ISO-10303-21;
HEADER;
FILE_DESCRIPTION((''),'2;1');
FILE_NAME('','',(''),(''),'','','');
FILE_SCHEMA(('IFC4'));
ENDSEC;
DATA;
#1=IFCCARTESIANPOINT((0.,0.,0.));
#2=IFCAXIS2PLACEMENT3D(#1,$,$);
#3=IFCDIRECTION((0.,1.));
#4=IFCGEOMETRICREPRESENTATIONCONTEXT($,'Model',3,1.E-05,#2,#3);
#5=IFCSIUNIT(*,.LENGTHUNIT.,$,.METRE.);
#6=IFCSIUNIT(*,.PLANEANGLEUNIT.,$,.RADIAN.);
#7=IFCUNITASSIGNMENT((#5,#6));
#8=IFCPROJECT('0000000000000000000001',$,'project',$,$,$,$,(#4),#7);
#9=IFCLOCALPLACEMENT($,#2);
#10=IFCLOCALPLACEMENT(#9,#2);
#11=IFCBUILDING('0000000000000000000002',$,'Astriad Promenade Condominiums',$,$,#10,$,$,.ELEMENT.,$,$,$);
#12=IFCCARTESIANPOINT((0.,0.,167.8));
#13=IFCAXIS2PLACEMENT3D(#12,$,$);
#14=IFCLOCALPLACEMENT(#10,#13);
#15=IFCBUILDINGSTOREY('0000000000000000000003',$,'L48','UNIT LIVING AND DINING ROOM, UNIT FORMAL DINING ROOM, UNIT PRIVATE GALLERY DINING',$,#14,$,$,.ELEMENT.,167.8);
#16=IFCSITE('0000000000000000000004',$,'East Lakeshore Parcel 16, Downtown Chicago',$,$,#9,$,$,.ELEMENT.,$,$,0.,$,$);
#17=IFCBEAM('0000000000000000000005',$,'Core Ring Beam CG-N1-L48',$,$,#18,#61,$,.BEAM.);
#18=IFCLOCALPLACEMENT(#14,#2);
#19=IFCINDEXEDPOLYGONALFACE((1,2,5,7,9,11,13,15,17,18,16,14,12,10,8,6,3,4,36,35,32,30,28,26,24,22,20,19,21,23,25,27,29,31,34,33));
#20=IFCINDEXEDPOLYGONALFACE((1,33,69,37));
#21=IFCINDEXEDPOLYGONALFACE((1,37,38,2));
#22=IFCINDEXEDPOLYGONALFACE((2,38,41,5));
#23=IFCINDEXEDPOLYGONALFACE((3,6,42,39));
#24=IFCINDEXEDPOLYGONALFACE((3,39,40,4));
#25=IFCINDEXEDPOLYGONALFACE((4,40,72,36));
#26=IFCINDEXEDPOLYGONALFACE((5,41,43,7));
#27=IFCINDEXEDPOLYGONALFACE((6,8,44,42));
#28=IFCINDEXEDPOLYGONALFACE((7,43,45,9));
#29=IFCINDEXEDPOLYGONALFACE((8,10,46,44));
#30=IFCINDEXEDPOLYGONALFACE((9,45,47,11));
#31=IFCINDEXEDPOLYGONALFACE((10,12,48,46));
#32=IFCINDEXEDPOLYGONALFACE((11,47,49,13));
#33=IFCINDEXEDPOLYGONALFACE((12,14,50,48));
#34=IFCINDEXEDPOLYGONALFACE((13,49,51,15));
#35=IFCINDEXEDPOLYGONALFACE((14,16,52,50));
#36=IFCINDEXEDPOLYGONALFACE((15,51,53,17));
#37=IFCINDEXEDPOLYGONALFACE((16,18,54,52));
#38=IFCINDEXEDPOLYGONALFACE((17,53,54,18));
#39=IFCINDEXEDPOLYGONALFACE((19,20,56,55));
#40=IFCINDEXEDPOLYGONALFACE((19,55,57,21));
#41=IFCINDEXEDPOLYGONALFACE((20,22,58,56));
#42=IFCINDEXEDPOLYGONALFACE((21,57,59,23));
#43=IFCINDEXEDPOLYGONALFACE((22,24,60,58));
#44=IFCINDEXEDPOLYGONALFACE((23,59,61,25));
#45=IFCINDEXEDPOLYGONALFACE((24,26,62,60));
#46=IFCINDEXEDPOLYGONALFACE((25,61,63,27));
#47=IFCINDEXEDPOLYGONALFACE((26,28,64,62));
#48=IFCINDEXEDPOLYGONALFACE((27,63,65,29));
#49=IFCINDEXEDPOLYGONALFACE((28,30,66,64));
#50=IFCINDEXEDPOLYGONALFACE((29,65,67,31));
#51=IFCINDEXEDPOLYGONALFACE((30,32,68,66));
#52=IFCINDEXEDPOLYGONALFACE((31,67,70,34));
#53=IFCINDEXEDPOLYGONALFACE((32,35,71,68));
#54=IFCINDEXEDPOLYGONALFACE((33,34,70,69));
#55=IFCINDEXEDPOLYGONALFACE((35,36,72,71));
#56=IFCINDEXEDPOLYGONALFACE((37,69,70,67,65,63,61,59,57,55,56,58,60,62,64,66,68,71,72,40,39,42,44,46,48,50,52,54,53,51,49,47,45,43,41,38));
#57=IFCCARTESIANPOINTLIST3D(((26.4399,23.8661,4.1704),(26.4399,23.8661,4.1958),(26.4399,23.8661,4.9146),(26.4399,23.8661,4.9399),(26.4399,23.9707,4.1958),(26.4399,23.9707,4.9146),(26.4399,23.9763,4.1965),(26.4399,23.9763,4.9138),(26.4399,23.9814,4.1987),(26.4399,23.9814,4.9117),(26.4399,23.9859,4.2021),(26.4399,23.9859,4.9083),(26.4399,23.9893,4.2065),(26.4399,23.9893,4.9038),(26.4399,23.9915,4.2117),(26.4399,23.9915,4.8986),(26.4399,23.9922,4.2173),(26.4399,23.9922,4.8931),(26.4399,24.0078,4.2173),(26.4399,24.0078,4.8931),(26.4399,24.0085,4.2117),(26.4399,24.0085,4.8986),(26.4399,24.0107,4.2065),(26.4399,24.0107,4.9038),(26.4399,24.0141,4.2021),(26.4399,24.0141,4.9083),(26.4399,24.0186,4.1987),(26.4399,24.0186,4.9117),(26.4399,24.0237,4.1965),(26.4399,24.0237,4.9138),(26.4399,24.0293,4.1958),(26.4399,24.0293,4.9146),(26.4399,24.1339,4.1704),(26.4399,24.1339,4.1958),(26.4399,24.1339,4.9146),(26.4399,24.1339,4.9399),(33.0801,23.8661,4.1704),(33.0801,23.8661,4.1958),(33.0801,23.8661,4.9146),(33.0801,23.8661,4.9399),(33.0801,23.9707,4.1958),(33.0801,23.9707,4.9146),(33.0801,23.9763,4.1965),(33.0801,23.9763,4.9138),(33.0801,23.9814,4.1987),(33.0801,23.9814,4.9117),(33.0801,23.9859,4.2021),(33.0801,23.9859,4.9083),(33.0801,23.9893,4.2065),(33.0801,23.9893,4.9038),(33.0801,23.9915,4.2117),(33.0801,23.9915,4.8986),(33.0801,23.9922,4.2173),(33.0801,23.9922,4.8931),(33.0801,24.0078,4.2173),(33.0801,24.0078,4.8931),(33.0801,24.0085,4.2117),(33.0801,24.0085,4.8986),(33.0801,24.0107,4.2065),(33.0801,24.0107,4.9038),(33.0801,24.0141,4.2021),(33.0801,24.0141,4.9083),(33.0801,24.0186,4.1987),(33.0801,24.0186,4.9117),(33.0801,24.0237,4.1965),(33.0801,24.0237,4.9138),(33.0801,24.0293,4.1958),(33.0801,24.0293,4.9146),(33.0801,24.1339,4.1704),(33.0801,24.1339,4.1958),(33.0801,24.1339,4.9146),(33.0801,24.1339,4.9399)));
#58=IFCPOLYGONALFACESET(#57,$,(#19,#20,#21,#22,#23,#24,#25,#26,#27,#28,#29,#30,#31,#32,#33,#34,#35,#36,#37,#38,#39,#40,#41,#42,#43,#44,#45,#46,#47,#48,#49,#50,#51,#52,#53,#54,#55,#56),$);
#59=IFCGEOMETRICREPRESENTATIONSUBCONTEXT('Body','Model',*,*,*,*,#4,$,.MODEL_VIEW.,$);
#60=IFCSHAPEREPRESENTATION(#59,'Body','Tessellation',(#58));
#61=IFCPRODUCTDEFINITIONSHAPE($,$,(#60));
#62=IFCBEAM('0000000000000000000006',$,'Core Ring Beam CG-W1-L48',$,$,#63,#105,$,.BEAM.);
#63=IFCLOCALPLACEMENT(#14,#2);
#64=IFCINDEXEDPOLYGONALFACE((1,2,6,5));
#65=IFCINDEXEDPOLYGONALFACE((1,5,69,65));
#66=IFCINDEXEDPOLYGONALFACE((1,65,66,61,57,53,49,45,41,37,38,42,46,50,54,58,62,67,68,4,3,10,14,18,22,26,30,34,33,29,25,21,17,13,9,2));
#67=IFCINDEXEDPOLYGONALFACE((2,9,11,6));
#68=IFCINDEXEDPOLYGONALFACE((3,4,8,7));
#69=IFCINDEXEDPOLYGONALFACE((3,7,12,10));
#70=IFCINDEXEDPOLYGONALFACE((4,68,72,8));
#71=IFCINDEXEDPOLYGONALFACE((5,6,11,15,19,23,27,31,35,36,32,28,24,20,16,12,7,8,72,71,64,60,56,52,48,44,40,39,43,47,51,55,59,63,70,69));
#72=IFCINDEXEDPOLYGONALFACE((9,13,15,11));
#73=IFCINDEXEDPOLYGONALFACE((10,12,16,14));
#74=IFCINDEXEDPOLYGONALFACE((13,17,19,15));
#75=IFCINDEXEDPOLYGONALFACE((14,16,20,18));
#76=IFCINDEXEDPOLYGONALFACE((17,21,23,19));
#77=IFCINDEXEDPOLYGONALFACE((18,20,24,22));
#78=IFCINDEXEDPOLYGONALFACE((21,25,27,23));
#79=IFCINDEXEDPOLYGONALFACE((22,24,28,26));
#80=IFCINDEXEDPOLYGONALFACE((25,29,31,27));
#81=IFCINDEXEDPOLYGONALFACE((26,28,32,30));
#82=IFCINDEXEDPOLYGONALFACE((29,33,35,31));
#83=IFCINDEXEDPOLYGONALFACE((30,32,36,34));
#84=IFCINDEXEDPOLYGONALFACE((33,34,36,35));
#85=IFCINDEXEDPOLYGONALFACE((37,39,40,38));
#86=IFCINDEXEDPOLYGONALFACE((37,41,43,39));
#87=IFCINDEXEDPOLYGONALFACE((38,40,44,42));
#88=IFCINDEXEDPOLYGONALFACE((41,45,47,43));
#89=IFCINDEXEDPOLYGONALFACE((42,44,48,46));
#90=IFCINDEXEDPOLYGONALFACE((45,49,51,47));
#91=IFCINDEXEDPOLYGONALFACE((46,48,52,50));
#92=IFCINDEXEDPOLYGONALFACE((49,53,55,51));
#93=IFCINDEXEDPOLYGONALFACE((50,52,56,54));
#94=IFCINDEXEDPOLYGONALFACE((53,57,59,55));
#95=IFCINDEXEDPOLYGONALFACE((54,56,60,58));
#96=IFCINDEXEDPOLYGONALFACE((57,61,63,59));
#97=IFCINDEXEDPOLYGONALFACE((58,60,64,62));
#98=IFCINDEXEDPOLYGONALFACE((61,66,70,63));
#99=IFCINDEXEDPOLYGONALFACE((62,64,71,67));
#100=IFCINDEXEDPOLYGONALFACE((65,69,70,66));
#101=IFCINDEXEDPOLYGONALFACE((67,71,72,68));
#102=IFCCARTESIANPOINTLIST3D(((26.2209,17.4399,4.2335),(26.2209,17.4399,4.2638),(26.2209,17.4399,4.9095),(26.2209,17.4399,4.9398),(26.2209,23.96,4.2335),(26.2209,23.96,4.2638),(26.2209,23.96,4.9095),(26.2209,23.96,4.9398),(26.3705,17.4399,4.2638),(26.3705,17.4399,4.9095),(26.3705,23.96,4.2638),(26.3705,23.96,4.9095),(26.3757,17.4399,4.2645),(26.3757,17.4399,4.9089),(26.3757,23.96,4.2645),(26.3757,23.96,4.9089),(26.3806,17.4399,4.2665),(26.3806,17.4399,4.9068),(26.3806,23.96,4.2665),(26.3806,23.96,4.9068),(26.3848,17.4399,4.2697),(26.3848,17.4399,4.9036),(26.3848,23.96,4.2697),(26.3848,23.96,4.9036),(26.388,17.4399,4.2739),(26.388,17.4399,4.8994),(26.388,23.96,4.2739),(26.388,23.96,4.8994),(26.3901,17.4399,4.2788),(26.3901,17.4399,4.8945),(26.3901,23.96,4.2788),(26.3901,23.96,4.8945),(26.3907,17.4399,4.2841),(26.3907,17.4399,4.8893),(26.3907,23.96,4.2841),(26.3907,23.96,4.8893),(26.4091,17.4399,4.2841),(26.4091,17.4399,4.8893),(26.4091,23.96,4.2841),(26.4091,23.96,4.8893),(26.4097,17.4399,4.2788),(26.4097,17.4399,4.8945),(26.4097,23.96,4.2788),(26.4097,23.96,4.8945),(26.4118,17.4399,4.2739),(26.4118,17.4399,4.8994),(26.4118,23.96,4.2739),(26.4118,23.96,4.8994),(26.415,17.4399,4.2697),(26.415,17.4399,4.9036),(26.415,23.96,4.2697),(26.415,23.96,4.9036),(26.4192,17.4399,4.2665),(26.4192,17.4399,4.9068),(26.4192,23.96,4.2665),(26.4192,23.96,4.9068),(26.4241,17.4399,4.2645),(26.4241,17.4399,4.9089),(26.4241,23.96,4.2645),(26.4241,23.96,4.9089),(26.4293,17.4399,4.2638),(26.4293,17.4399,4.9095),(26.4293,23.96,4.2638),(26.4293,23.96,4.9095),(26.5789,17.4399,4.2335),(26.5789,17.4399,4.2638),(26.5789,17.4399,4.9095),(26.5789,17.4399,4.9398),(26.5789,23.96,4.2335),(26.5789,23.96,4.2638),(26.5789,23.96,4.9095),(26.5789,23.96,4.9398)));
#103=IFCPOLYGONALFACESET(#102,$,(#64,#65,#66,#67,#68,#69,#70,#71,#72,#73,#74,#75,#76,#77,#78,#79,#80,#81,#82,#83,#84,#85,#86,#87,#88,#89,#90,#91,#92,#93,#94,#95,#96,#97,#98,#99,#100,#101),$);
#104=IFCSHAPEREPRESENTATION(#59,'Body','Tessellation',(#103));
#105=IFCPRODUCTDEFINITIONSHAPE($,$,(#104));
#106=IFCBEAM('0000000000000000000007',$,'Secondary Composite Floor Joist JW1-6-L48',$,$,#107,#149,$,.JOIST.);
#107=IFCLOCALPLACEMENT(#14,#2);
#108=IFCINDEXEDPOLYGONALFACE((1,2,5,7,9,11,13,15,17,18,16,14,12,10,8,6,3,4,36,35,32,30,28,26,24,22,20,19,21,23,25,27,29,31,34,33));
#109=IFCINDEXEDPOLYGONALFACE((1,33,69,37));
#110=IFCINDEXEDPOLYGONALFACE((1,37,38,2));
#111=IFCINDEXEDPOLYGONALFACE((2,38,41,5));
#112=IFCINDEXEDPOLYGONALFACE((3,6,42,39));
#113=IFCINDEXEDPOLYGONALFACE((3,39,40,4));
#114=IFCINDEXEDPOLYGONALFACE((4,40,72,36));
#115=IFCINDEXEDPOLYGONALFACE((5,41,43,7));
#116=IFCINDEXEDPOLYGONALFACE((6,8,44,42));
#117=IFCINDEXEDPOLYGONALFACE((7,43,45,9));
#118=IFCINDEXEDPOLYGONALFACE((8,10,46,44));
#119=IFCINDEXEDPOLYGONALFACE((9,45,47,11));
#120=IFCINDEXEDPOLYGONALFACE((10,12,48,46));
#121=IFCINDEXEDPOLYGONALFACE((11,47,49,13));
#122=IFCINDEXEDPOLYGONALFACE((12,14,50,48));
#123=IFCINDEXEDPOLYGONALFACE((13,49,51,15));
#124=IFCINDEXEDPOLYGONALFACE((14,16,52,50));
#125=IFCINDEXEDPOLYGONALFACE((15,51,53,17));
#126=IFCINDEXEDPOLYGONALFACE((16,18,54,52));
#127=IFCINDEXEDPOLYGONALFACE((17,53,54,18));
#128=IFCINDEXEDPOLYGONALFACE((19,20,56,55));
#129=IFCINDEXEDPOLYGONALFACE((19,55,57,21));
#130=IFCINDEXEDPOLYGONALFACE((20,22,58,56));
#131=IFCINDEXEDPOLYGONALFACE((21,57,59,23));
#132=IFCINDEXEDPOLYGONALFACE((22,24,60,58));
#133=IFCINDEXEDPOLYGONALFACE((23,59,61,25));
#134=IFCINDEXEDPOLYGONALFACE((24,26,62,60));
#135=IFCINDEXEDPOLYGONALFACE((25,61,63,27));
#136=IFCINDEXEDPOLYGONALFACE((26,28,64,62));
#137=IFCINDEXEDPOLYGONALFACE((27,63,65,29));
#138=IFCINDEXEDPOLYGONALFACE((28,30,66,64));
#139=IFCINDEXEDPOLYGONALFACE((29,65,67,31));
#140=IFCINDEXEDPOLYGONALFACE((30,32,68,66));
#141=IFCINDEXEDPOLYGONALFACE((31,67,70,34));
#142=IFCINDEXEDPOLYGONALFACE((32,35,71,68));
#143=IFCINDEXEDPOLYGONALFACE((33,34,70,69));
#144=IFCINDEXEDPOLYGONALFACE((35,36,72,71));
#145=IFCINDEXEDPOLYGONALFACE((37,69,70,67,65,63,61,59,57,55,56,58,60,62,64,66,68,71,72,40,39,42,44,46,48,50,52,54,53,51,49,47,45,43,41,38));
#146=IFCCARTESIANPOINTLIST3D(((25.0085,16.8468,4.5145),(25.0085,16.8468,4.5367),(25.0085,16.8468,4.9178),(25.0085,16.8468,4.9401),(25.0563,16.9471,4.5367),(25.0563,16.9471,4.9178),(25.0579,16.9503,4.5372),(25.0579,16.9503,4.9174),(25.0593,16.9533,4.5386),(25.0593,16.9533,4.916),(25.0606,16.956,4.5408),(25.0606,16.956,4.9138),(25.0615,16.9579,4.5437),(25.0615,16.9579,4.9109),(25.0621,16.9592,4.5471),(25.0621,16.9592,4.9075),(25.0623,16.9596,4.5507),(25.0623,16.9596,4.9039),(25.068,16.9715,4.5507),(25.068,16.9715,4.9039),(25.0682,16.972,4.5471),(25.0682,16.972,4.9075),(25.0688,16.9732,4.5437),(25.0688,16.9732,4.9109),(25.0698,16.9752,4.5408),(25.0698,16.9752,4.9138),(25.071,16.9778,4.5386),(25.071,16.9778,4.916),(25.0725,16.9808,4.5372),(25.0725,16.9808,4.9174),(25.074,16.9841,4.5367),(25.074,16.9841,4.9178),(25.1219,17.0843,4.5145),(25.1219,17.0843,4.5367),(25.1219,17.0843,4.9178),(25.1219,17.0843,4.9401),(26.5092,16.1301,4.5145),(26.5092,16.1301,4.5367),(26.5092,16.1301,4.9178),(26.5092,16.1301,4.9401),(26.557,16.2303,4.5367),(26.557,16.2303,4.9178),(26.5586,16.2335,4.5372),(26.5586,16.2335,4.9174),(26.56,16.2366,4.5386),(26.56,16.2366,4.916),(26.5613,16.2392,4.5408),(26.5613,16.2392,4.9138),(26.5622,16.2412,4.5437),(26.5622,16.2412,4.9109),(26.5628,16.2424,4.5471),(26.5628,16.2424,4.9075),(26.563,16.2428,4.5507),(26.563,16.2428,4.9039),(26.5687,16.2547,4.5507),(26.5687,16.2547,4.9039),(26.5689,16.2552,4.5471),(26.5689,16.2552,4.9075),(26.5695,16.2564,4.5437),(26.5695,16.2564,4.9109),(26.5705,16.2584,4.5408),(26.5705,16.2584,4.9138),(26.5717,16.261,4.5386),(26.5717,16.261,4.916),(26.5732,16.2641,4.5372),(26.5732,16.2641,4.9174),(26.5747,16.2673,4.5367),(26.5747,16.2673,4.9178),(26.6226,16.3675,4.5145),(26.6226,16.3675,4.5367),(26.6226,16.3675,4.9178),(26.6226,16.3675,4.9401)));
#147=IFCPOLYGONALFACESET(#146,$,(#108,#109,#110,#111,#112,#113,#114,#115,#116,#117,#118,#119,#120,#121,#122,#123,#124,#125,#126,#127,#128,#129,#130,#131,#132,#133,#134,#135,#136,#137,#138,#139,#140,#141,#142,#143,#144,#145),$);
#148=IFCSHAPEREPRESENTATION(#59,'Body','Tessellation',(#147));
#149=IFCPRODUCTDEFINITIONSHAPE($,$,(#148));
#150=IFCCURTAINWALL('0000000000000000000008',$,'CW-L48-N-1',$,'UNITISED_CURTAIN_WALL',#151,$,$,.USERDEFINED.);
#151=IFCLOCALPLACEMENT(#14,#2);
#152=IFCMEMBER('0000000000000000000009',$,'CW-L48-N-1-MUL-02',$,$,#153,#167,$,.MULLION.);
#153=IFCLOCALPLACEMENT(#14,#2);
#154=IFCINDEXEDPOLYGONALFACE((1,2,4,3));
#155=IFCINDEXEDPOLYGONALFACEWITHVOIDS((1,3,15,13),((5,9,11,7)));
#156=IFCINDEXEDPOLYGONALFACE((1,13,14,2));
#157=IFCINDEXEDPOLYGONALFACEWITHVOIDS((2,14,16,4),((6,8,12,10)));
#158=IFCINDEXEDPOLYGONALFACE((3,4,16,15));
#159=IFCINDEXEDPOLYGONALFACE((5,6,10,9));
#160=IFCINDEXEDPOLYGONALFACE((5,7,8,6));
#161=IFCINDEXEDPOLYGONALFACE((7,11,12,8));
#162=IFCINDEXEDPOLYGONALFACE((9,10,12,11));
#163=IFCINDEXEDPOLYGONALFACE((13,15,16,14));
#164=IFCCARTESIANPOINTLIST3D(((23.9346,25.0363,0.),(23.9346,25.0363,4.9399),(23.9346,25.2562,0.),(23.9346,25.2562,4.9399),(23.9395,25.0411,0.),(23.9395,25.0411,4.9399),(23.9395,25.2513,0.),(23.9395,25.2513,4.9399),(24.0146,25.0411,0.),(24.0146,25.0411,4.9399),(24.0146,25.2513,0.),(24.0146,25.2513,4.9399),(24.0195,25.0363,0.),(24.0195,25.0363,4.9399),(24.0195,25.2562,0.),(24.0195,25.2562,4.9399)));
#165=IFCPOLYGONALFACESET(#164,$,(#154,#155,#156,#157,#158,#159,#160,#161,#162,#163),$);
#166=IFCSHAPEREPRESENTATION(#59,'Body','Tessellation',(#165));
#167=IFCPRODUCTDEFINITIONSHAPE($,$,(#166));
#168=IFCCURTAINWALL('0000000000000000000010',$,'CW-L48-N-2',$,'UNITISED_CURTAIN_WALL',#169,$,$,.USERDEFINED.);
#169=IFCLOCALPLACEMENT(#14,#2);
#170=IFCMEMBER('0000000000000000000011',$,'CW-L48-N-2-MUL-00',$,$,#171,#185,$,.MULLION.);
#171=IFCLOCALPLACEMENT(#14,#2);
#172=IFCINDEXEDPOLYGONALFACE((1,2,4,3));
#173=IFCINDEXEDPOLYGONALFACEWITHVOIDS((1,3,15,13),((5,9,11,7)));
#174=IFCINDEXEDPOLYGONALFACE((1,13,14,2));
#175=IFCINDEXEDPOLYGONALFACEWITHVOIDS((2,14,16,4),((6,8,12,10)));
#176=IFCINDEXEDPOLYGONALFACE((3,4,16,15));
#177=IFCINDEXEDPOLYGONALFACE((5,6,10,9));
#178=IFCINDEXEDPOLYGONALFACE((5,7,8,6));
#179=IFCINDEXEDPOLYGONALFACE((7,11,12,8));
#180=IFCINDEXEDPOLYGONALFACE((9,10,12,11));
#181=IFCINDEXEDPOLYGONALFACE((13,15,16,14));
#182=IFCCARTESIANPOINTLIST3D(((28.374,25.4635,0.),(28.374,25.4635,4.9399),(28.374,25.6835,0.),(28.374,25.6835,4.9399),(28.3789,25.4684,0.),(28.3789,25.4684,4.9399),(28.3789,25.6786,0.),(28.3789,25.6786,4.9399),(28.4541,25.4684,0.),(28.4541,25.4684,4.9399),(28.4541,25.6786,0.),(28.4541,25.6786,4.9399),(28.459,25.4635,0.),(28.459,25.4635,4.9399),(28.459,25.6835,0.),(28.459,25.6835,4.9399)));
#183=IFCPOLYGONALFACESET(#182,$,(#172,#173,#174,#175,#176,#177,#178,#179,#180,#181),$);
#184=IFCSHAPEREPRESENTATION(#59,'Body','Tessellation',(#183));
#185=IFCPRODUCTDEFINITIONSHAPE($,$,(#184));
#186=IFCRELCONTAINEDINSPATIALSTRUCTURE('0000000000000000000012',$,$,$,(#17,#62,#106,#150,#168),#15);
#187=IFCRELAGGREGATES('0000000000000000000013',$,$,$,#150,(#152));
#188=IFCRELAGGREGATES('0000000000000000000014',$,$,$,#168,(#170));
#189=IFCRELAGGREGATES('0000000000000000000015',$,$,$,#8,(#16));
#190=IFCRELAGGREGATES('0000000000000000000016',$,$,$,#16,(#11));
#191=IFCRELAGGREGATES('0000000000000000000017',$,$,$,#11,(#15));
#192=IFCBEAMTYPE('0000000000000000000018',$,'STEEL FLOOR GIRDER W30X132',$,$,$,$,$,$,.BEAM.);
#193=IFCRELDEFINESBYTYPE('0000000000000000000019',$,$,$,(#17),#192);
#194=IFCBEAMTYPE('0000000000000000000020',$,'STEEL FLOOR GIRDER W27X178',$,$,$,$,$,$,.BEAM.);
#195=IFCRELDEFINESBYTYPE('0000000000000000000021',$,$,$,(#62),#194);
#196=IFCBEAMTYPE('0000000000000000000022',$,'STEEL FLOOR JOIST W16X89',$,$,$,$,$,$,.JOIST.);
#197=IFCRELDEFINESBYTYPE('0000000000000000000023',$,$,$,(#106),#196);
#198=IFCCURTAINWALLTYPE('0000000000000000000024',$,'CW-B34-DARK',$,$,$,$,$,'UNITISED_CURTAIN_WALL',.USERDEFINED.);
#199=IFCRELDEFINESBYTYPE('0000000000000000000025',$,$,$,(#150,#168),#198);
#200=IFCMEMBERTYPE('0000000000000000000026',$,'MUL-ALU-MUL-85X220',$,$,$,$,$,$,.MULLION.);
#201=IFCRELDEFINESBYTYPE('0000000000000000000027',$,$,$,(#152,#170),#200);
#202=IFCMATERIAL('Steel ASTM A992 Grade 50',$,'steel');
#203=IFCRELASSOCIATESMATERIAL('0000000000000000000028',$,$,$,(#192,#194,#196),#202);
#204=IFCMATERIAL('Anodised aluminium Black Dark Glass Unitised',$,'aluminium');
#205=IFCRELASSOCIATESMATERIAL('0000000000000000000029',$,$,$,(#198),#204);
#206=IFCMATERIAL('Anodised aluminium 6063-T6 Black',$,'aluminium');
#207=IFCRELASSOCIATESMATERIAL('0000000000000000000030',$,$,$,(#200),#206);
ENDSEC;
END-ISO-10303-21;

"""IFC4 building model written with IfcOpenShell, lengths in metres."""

from ifc_helpers import new_model, si_unit, direction, frame, origin, origin_2d, place, context, subcontext, project, spatial, hollow_rectangle, i_section, extrude, source, transform, mapped, material, material_profile, profile_set, type_object, type_shapes, element, aggregate, save


model = new_model("IFC4")

# Units and contexts
model_context = context("Model", 3, precision=1e-05, world=origin(), true_north=direction((0.0, 1.0)))
body_context = subcontext(model_context, "Body", "Model", "MODEL_VIEW")
ifc_project = project(units=[si_unit("LENGTHUNIT", "METRE"), si_unit("PLANEANGLEUNIT", "RADIAN")], contexts=[model_context])

# Site, building, storey
site_placement = place(None, origin())
site = spatial("IfcSite", under=ifc_project, at=site_placement, Name="East Lakeshore Parcel 16, Downtown Chicago", CompositionType="ELEMENT", RefElevation=0.0)
building_placement = place(site_placement, origin())
building = spatial("IfcBuilding", under=site, at=building_placement, Name="Astriad Promenade Condominiums", CompositionType="ELEMENT")
storey_placement = place(building_placement, frame((0.0, 0.0, 167.8)))
storey = spatial("IfcBuildingStorey", under=building, at=storey_placement, Name="L48", Description="UNIT LIVING AND DINING ROOM, UNIT FORMAL DINING ROOM, UNIT PRIVATE GALLERY DINING", CompositionType="ELEMENT", Elevation=167.8)

# Shared definitions
ifc_material_1 = material(Name="Steel ASTM A992 Grade 50", Category="steel")

# Beams
ifc_material_profile_1 = material_profile(ifc_material_1, i_section(OverallWidth=0.2678, OverallDepth=0.7695, WebThickness=0.0156, FlangeThickness=0.0254, FilletRadius=0.0215, at=origin_2d()), Name="W30X132")
ifc_profile_set_1 = profile_set([ifc_material_profile_1], Name="Steel ASTM A992 Grade 50")
beam_type_1 = type_object("IfcBeamType", Name="STEEL FLOOR GIRDER W30X132", PredefinedType="BEAM", material=ifc_profile_set_1)
shared_shape_1 = source(origin(), body_context, "Body", "SweptSolid", [
    extrude(i_section(OverallWidth=0.2678, OverallDepth=0.7695, WebThickness=0.0156, FlangeThickness=0.0254, FilletRadius=0.0215, at=origin_2d()), origin(), (0.0, 0.0, 1.0), 6.6401),
])
type_shapes(beam_type_1, [shared_shape_1])
beam_1_placement = place(storey_placement, frame((26.4399, 24.0, 4.5552), z_axis=(1.0, 0.0, 0.0), x_axis=(0.0, 1.0, 0.0)))
element("IfcBeam", 1, at=beam_1_placement, inside=storey, type_object=beam_type_1, Name="Core Ring Beam CG-N1-L48", PredefinedType="BEAM", context=body_context, shape_type="MappedRepresentation", body=[
    mapped(shared_shape_1, transform((0.0, 0.0, 0.0), scale=1.0)),
])
ifc_material_profile_2 = material_profile(ifc_material_1, i_section(OverallWidth=0.3579, OverallDepth=0.7063, WebThickness=0.0183, FlangeThickness=0.0303, FilletRadius=0.0203, at=origin_2d()), Name="W27X178")
ifc_profile_set_2 = profile_set([ifc_material_profile_2], Name="Steel ASTM A992 Grade 50")
beam_type_2 = type_object("IfcBeamType", Name="STEEL FLOOR GIRDER W27X178", PredefinedType="BEAM", material=ifc_profile_set_2)
shared_shape_2 = source(origin(), body_context, "Body", "SweptSolid", [
    extrude(i_section(OverallWidth=0.3579, OverallDepth=0.7063, WebThickness=0.0183, FlangeThickness=0.0303, FilletRadius=0.0203, at=origin_2d()), origin(), (0.0, 0.0, 1.0), 6.52),
])
type_shapes(beam_type_2, [shared_shape_2])
beam_2_placement = place(storey_placement, frame((26.3999, 17.4399, 4.5867), z_axis=(0.0, 1.0, 0.0), x_axis=(-1.0, 0.0, 0.0)))
element("IfcBeam", 2, at=beam_2_placement, inside=storey, type_object=beam_type_2, Name="Core Ring Beam CG-W1-L48", PredefinedType="BEAM", context=body_context, shape_type="MappedRepresentation", body=[
    mapped(shared_shape_2, transform((0.0, 0.0, 0.0), scale=1.0)),
])
ifc_material_profile_3 = material_profile(ifc_material_1, i_section(OverallWidth=0.2632, OverallDepth=0.4255, WebThickness=0.0132, FlangeThickness=0.0222, FilletRadius=0.0139, at=origin_2d()), Name="W16X89")
ifc_profile_set_3 = profile_set([ifc_material_profile_3], Name="Steel ASTM A992 Grade 50")
beam_type_3 = type_object("IfcBeamType", Name="STEEL FLOOR JOIST W16X89", PredefinedType="JOIST", material=ifc_profile_set_3)
shared_shape_3 = source(origin(), body_context, "Body", "SweptSolid", [
    extrude(i_section(OverallWidth=0.2632, OverallDepth=0.4255, WebThickness=0.0132, FlangeThickness=0.0222, FilletRadius=0.0139, at=origin_2d()), origin(), (0.0, 0.0, 1.0), 1.6631),
])
type_shapes(beam_type_3, [shared_shape_3])
beam_3_placement = place(storey_placement, frame((25.0652, 16.9656, 4.7273), z_axis=(0.902355, -0.430993, 0.0), x_axis=(0.430993, 0.902355, 0.0)))
element("IfcBeam", 3, at=beam_3_placement, inside=storey, type_object=beam_type_3, Name="Secondary Composite Floor Joist JW1-6-L48", PredefinedType="JOIST", context=body_context, shape_type="MappedRepresentation", body=[
    mapped(shared_shape_3, transform((0.0, 0.0, 0.0), scale=1.0)),
])

# Curtain walls, members
ifc_material_2 = material(Name="Anodised aluminium Black Dark Glass Unitised", Category="aluminium")
curtain_wall_type = type_object("IfcCurtainWallType", Name="CW-B34-DARK", ElementType="UNITISED_CURTAIN_WALL", PredefinedType="USERDEFINED", material=ifc_material_2)
curtain_wall_1_placement = place(storey_placement, origin())
curtain_wall_1 = element("IfcCurtainWall", 4, at=curtain_wall_1_placement, inside=storey, type_object=curtain_wall_type, Name="CW-L48-N-1", ObjectType="UNITISED_CURTAIN_WALL", PredefinedType="USERDEFINED")
ifc_material_3 = material(Name="Anodised aluminium 6063-T6 Black", Category="aluminium")
ifc_material_profile_4 = material_profile(ifc_material_3, hollow_rectangle(XDim=0.085, YDim=0.22, WallThickness=0.0049, at=origin_2d()), Name="ALU-MUL-85X220")
ifc_profile_set_4 = profile_set([ifc_material_profile_4], Name="Anodised aluminium 6063-T6 Black")
member_type = type_object("IfcMemberType", Name="MUL-ALU-MUL-85X220", PredefinedType="MULLION", material=ifc_profile_set_4)
shared_shape_4 = source(origin(), body_context, "Body", "SweptSolid", [
    extrude(hollow_rectangle(XDim=0.085, YDim=0.22, WallThickness=0.0049, at=origin_2d()), origin(), (0.0, 0.0, 1.0), 4.9399),
])
type_shapes(member_type, [shared_shape_4])
member_1_placement = place(storey_placement, frame((23.9771, 25.1462, 0.0), z_axis=(0.0, 0.0, 1.0), x_axis=(1.0, 0.0, 0.0)))
member_1 = element("IfcMember", 5, at=member_1_placement, type_object=member_type, Name="CW-L48-N-1-MUL-02", PredefinedType="MULLION", context=body_context, shape_type="MappedRepresentation", body=[
    mapped(shared_shape_4, transform((0.0, 0.0, 0.0), scale=1.0)),
])
aggregate(curtain_wall_1, [member_1])
curtain_wall_2_placement = place(storey_placement, origin())
curtain_wall_2 = element("IfcCurtainWall", 6, at=curtain_wall_2_placement, inside=storey, type_object=curtain_wall_type, Name="CW-L48-N-2", ObjectType="UNITISED_CURTAIN_WALL", PredefinedType="USERDEFINED")
member_2_placement = place(storey_placement, frame((28.4165, 25.5735, 0.0), z_axis=(0.0, 0.0, 1.0), x_axis=(1.0, 0.0, 0.0)))
member_2 = element("IfcMember", 7, at=member_2_placement, type_object=member_type, Name="CW-L48-N-2-MUL-00", PredefinedType="MULLION", context=body_context, shape_type="MappedRepresentation", body=[
    mapped(shared_shape_4, transform((0.0, 0.0, 0.0), scale=1.0)),
])
aggregate(curtain_wall_2, [member_2])

save(model, "model.ifc")
